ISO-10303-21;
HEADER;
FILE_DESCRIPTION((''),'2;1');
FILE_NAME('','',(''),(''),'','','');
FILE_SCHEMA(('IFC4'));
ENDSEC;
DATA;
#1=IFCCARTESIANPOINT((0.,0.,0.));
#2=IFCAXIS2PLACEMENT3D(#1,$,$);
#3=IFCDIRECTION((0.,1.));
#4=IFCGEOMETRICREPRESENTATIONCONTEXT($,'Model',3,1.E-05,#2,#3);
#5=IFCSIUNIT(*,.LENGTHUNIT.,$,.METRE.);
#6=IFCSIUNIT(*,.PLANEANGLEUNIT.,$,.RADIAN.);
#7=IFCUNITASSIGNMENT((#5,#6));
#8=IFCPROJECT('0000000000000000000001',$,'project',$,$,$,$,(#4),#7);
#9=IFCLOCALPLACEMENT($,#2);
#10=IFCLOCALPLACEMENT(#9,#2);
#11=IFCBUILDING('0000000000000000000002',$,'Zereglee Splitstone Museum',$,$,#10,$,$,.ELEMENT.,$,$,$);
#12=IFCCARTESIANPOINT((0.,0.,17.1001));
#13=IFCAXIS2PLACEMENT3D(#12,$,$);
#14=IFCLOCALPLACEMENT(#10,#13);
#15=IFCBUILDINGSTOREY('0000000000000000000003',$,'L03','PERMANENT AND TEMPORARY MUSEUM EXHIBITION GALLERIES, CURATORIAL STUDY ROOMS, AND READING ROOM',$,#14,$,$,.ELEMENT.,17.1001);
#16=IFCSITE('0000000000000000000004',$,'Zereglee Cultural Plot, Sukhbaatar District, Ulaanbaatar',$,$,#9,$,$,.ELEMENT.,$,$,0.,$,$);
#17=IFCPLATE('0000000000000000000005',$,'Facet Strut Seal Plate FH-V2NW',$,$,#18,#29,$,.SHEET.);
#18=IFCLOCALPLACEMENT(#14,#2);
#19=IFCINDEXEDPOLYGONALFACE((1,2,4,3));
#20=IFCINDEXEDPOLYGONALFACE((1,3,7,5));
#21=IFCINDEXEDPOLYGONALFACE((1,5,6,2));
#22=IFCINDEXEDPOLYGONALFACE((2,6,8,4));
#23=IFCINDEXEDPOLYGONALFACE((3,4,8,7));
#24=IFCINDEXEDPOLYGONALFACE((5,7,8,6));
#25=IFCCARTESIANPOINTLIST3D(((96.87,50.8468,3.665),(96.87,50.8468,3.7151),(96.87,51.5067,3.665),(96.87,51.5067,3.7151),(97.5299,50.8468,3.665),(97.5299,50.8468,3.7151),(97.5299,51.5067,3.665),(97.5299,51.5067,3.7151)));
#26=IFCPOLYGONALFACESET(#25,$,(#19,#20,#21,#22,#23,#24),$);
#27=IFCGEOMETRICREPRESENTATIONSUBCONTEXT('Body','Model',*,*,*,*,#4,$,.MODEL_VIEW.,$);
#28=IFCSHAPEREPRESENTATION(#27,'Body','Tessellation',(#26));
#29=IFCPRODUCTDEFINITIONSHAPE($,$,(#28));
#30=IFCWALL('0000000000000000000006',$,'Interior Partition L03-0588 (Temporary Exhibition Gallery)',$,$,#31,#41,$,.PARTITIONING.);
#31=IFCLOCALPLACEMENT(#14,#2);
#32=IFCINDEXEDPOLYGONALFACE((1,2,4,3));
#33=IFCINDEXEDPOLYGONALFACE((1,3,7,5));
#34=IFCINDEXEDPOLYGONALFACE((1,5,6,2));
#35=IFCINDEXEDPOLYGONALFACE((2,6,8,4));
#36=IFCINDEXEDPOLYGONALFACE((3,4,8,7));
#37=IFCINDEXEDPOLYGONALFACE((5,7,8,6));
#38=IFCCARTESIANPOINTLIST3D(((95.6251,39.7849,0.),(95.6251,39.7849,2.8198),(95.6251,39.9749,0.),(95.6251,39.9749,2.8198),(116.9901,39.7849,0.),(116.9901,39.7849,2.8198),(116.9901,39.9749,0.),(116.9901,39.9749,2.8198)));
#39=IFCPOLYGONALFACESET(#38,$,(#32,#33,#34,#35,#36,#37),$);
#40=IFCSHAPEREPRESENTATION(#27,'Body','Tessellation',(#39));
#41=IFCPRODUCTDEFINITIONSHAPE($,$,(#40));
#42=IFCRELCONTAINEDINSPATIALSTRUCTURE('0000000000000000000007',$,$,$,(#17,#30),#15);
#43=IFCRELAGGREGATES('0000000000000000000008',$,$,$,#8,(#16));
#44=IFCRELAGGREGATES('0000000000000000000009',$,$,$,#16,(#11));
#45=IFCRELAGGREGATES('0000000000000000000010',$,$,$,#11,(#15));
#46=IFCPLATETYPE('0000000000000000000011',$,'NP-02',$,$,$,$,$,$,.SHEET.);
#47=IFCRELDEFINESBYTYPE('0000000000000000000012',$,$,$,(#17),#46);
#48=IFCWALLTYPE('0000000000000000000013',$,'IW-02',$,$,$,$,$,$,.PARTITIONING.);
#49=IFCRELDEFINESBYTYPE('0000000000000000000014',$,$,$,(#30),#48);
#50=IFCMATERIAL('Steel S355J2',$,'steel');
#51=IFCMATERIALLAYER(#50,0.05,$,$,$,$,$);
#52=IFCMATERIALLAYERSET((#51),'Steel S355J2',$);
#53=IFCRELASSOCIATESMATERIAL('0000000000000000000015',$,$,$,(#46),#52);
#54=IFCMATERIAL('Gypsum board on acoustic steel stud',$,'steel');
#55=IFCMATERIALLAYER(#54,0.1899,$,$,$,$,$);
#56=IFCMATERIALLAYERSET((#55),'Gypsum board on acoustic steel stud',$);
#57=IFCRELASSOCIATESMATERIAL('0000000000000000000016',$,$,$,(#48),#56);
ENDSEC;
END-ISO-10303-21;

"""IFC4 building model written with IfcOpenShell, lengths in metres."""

from ifc_helpers import new_model, si_unit, direction, frame, frame_2d, origin, origin_2d, place, context, subcontext, project, spatial, rectangle, extrude, material, layer, layer_set, type_object, element, save


model = new_model("IFC4")

# Units and contexts
model_context = context("Model", 3, precision=1e-05, world=origin(), true_north=direction((0.0, 1.0)))
body_context = subcontext(model_context, "Body", "Model", "MODEL_VIEW")
ifc_project = project(units=[si_unit("LENGTHUNIT", "METRE"), si_unit("PLANEANGLEUNIT", "RADIAN")], contexts=[model_context])

# Site, building, storey
site_placement = place(None, origin())
site = spatial("IfcSite", under=ifc_project, at=site_placement, Name="Zereglee Cultural Plot, Sukhbaatar District, Ulaanbaatar", CompositionType="ELEMENT", RefElevation=0.0)
building_placement = place(site_placement, origin())
building = spatial("IfcBuilding", under=site, at=building_placement, Name="Zereglee Splitstone Museum", CompositionType="ELEMENT")
storey_placement = place(building_placement, frame((0.0, 0.0, 17.1001)))
storey = spatial("IfcBuildingStorey", under=building, at=storey_placement, Name="L03", Description="PERMANENT AND TEMPORARY MUSEUM EXHIBITION GALLERIES, CURATORIAL STUDY ROOMS, AND READING ROOM", CompositionType="ELEMENT", Elevation=17.1001)

# Shared definitions
ifc_material_1 = material(Name="Steel S355J2", Category="steel")

# Plate
ifc_layer_1 = layer(ifc_material_1, 0.05)
ifc_layer_set_1 = layer_set([ifc_layer_1], Name="Steel S355J2")
plate_type_1 = type_object("IfcPlateType", Name="NP-02", PredefinedType="SHEET", material=ifc_layer_set_1)
for number, where, z_axis, x_axis, name in (
    (1, (97.2, 51.1768, 3.665), (0.0, 0.0, 1.0), (1.0, 0.0, 0.0), "Facet Strut Seal Plate FH-V2NW"),
):
    element("IfcPlate", number, at=place(storey_placement, frame(where, z_axis=z_axis, x_axis=x_axis)), inside=storey, type_object=plate_type_1, Name=name, PredefinedType="SHEET", context=body_context, shape_type="SweptSolid", body=[
        extrude(rectangle(XDim=0.6599, YDim=0.6599, at=origin_2d()), origin(), (0.0, 0.0, 1.0), 0.05),
    ])

# Wall
ifc_material_2 = material(Name="Gypsum board on acoustic steel stud", Category="steel")
ifc_layer_2 = layer(ifc_material_2, 0.1899)
ifc_layer_set_2 = layer_set([ifc_layer_2], Name="Gypsum board on acoustic steel stud")
wall_type = type_object("IfcWallType", Name="IW-02", PredefinedType="PARTITIONING", material=ifc_layer_set_2)
wall_placement = place(storey_placement, frame((95.625, 39.8799, 0.0), z_axis=(0.0, 0.0, 1.0), x_axis=(1.0, 0.0, 0.0)))
element("IfcWall", 2, at=wall_placement, inside=storey, type_object=wall_type, Name="Interior Partition L03-0588 (Temporary Exhibition Gallery)", PredefinedType="PARTITIONING", context=body_context, shape_type="SweptSolid", body=[
    extrude(rectangle(XDim=21.365, YDim=0.1899, at=frame_2d((10.6826, 0.0))), origin(), (0.0, 0.0, 1.0), 2.8198),
])

save(model, "model.ifc")
